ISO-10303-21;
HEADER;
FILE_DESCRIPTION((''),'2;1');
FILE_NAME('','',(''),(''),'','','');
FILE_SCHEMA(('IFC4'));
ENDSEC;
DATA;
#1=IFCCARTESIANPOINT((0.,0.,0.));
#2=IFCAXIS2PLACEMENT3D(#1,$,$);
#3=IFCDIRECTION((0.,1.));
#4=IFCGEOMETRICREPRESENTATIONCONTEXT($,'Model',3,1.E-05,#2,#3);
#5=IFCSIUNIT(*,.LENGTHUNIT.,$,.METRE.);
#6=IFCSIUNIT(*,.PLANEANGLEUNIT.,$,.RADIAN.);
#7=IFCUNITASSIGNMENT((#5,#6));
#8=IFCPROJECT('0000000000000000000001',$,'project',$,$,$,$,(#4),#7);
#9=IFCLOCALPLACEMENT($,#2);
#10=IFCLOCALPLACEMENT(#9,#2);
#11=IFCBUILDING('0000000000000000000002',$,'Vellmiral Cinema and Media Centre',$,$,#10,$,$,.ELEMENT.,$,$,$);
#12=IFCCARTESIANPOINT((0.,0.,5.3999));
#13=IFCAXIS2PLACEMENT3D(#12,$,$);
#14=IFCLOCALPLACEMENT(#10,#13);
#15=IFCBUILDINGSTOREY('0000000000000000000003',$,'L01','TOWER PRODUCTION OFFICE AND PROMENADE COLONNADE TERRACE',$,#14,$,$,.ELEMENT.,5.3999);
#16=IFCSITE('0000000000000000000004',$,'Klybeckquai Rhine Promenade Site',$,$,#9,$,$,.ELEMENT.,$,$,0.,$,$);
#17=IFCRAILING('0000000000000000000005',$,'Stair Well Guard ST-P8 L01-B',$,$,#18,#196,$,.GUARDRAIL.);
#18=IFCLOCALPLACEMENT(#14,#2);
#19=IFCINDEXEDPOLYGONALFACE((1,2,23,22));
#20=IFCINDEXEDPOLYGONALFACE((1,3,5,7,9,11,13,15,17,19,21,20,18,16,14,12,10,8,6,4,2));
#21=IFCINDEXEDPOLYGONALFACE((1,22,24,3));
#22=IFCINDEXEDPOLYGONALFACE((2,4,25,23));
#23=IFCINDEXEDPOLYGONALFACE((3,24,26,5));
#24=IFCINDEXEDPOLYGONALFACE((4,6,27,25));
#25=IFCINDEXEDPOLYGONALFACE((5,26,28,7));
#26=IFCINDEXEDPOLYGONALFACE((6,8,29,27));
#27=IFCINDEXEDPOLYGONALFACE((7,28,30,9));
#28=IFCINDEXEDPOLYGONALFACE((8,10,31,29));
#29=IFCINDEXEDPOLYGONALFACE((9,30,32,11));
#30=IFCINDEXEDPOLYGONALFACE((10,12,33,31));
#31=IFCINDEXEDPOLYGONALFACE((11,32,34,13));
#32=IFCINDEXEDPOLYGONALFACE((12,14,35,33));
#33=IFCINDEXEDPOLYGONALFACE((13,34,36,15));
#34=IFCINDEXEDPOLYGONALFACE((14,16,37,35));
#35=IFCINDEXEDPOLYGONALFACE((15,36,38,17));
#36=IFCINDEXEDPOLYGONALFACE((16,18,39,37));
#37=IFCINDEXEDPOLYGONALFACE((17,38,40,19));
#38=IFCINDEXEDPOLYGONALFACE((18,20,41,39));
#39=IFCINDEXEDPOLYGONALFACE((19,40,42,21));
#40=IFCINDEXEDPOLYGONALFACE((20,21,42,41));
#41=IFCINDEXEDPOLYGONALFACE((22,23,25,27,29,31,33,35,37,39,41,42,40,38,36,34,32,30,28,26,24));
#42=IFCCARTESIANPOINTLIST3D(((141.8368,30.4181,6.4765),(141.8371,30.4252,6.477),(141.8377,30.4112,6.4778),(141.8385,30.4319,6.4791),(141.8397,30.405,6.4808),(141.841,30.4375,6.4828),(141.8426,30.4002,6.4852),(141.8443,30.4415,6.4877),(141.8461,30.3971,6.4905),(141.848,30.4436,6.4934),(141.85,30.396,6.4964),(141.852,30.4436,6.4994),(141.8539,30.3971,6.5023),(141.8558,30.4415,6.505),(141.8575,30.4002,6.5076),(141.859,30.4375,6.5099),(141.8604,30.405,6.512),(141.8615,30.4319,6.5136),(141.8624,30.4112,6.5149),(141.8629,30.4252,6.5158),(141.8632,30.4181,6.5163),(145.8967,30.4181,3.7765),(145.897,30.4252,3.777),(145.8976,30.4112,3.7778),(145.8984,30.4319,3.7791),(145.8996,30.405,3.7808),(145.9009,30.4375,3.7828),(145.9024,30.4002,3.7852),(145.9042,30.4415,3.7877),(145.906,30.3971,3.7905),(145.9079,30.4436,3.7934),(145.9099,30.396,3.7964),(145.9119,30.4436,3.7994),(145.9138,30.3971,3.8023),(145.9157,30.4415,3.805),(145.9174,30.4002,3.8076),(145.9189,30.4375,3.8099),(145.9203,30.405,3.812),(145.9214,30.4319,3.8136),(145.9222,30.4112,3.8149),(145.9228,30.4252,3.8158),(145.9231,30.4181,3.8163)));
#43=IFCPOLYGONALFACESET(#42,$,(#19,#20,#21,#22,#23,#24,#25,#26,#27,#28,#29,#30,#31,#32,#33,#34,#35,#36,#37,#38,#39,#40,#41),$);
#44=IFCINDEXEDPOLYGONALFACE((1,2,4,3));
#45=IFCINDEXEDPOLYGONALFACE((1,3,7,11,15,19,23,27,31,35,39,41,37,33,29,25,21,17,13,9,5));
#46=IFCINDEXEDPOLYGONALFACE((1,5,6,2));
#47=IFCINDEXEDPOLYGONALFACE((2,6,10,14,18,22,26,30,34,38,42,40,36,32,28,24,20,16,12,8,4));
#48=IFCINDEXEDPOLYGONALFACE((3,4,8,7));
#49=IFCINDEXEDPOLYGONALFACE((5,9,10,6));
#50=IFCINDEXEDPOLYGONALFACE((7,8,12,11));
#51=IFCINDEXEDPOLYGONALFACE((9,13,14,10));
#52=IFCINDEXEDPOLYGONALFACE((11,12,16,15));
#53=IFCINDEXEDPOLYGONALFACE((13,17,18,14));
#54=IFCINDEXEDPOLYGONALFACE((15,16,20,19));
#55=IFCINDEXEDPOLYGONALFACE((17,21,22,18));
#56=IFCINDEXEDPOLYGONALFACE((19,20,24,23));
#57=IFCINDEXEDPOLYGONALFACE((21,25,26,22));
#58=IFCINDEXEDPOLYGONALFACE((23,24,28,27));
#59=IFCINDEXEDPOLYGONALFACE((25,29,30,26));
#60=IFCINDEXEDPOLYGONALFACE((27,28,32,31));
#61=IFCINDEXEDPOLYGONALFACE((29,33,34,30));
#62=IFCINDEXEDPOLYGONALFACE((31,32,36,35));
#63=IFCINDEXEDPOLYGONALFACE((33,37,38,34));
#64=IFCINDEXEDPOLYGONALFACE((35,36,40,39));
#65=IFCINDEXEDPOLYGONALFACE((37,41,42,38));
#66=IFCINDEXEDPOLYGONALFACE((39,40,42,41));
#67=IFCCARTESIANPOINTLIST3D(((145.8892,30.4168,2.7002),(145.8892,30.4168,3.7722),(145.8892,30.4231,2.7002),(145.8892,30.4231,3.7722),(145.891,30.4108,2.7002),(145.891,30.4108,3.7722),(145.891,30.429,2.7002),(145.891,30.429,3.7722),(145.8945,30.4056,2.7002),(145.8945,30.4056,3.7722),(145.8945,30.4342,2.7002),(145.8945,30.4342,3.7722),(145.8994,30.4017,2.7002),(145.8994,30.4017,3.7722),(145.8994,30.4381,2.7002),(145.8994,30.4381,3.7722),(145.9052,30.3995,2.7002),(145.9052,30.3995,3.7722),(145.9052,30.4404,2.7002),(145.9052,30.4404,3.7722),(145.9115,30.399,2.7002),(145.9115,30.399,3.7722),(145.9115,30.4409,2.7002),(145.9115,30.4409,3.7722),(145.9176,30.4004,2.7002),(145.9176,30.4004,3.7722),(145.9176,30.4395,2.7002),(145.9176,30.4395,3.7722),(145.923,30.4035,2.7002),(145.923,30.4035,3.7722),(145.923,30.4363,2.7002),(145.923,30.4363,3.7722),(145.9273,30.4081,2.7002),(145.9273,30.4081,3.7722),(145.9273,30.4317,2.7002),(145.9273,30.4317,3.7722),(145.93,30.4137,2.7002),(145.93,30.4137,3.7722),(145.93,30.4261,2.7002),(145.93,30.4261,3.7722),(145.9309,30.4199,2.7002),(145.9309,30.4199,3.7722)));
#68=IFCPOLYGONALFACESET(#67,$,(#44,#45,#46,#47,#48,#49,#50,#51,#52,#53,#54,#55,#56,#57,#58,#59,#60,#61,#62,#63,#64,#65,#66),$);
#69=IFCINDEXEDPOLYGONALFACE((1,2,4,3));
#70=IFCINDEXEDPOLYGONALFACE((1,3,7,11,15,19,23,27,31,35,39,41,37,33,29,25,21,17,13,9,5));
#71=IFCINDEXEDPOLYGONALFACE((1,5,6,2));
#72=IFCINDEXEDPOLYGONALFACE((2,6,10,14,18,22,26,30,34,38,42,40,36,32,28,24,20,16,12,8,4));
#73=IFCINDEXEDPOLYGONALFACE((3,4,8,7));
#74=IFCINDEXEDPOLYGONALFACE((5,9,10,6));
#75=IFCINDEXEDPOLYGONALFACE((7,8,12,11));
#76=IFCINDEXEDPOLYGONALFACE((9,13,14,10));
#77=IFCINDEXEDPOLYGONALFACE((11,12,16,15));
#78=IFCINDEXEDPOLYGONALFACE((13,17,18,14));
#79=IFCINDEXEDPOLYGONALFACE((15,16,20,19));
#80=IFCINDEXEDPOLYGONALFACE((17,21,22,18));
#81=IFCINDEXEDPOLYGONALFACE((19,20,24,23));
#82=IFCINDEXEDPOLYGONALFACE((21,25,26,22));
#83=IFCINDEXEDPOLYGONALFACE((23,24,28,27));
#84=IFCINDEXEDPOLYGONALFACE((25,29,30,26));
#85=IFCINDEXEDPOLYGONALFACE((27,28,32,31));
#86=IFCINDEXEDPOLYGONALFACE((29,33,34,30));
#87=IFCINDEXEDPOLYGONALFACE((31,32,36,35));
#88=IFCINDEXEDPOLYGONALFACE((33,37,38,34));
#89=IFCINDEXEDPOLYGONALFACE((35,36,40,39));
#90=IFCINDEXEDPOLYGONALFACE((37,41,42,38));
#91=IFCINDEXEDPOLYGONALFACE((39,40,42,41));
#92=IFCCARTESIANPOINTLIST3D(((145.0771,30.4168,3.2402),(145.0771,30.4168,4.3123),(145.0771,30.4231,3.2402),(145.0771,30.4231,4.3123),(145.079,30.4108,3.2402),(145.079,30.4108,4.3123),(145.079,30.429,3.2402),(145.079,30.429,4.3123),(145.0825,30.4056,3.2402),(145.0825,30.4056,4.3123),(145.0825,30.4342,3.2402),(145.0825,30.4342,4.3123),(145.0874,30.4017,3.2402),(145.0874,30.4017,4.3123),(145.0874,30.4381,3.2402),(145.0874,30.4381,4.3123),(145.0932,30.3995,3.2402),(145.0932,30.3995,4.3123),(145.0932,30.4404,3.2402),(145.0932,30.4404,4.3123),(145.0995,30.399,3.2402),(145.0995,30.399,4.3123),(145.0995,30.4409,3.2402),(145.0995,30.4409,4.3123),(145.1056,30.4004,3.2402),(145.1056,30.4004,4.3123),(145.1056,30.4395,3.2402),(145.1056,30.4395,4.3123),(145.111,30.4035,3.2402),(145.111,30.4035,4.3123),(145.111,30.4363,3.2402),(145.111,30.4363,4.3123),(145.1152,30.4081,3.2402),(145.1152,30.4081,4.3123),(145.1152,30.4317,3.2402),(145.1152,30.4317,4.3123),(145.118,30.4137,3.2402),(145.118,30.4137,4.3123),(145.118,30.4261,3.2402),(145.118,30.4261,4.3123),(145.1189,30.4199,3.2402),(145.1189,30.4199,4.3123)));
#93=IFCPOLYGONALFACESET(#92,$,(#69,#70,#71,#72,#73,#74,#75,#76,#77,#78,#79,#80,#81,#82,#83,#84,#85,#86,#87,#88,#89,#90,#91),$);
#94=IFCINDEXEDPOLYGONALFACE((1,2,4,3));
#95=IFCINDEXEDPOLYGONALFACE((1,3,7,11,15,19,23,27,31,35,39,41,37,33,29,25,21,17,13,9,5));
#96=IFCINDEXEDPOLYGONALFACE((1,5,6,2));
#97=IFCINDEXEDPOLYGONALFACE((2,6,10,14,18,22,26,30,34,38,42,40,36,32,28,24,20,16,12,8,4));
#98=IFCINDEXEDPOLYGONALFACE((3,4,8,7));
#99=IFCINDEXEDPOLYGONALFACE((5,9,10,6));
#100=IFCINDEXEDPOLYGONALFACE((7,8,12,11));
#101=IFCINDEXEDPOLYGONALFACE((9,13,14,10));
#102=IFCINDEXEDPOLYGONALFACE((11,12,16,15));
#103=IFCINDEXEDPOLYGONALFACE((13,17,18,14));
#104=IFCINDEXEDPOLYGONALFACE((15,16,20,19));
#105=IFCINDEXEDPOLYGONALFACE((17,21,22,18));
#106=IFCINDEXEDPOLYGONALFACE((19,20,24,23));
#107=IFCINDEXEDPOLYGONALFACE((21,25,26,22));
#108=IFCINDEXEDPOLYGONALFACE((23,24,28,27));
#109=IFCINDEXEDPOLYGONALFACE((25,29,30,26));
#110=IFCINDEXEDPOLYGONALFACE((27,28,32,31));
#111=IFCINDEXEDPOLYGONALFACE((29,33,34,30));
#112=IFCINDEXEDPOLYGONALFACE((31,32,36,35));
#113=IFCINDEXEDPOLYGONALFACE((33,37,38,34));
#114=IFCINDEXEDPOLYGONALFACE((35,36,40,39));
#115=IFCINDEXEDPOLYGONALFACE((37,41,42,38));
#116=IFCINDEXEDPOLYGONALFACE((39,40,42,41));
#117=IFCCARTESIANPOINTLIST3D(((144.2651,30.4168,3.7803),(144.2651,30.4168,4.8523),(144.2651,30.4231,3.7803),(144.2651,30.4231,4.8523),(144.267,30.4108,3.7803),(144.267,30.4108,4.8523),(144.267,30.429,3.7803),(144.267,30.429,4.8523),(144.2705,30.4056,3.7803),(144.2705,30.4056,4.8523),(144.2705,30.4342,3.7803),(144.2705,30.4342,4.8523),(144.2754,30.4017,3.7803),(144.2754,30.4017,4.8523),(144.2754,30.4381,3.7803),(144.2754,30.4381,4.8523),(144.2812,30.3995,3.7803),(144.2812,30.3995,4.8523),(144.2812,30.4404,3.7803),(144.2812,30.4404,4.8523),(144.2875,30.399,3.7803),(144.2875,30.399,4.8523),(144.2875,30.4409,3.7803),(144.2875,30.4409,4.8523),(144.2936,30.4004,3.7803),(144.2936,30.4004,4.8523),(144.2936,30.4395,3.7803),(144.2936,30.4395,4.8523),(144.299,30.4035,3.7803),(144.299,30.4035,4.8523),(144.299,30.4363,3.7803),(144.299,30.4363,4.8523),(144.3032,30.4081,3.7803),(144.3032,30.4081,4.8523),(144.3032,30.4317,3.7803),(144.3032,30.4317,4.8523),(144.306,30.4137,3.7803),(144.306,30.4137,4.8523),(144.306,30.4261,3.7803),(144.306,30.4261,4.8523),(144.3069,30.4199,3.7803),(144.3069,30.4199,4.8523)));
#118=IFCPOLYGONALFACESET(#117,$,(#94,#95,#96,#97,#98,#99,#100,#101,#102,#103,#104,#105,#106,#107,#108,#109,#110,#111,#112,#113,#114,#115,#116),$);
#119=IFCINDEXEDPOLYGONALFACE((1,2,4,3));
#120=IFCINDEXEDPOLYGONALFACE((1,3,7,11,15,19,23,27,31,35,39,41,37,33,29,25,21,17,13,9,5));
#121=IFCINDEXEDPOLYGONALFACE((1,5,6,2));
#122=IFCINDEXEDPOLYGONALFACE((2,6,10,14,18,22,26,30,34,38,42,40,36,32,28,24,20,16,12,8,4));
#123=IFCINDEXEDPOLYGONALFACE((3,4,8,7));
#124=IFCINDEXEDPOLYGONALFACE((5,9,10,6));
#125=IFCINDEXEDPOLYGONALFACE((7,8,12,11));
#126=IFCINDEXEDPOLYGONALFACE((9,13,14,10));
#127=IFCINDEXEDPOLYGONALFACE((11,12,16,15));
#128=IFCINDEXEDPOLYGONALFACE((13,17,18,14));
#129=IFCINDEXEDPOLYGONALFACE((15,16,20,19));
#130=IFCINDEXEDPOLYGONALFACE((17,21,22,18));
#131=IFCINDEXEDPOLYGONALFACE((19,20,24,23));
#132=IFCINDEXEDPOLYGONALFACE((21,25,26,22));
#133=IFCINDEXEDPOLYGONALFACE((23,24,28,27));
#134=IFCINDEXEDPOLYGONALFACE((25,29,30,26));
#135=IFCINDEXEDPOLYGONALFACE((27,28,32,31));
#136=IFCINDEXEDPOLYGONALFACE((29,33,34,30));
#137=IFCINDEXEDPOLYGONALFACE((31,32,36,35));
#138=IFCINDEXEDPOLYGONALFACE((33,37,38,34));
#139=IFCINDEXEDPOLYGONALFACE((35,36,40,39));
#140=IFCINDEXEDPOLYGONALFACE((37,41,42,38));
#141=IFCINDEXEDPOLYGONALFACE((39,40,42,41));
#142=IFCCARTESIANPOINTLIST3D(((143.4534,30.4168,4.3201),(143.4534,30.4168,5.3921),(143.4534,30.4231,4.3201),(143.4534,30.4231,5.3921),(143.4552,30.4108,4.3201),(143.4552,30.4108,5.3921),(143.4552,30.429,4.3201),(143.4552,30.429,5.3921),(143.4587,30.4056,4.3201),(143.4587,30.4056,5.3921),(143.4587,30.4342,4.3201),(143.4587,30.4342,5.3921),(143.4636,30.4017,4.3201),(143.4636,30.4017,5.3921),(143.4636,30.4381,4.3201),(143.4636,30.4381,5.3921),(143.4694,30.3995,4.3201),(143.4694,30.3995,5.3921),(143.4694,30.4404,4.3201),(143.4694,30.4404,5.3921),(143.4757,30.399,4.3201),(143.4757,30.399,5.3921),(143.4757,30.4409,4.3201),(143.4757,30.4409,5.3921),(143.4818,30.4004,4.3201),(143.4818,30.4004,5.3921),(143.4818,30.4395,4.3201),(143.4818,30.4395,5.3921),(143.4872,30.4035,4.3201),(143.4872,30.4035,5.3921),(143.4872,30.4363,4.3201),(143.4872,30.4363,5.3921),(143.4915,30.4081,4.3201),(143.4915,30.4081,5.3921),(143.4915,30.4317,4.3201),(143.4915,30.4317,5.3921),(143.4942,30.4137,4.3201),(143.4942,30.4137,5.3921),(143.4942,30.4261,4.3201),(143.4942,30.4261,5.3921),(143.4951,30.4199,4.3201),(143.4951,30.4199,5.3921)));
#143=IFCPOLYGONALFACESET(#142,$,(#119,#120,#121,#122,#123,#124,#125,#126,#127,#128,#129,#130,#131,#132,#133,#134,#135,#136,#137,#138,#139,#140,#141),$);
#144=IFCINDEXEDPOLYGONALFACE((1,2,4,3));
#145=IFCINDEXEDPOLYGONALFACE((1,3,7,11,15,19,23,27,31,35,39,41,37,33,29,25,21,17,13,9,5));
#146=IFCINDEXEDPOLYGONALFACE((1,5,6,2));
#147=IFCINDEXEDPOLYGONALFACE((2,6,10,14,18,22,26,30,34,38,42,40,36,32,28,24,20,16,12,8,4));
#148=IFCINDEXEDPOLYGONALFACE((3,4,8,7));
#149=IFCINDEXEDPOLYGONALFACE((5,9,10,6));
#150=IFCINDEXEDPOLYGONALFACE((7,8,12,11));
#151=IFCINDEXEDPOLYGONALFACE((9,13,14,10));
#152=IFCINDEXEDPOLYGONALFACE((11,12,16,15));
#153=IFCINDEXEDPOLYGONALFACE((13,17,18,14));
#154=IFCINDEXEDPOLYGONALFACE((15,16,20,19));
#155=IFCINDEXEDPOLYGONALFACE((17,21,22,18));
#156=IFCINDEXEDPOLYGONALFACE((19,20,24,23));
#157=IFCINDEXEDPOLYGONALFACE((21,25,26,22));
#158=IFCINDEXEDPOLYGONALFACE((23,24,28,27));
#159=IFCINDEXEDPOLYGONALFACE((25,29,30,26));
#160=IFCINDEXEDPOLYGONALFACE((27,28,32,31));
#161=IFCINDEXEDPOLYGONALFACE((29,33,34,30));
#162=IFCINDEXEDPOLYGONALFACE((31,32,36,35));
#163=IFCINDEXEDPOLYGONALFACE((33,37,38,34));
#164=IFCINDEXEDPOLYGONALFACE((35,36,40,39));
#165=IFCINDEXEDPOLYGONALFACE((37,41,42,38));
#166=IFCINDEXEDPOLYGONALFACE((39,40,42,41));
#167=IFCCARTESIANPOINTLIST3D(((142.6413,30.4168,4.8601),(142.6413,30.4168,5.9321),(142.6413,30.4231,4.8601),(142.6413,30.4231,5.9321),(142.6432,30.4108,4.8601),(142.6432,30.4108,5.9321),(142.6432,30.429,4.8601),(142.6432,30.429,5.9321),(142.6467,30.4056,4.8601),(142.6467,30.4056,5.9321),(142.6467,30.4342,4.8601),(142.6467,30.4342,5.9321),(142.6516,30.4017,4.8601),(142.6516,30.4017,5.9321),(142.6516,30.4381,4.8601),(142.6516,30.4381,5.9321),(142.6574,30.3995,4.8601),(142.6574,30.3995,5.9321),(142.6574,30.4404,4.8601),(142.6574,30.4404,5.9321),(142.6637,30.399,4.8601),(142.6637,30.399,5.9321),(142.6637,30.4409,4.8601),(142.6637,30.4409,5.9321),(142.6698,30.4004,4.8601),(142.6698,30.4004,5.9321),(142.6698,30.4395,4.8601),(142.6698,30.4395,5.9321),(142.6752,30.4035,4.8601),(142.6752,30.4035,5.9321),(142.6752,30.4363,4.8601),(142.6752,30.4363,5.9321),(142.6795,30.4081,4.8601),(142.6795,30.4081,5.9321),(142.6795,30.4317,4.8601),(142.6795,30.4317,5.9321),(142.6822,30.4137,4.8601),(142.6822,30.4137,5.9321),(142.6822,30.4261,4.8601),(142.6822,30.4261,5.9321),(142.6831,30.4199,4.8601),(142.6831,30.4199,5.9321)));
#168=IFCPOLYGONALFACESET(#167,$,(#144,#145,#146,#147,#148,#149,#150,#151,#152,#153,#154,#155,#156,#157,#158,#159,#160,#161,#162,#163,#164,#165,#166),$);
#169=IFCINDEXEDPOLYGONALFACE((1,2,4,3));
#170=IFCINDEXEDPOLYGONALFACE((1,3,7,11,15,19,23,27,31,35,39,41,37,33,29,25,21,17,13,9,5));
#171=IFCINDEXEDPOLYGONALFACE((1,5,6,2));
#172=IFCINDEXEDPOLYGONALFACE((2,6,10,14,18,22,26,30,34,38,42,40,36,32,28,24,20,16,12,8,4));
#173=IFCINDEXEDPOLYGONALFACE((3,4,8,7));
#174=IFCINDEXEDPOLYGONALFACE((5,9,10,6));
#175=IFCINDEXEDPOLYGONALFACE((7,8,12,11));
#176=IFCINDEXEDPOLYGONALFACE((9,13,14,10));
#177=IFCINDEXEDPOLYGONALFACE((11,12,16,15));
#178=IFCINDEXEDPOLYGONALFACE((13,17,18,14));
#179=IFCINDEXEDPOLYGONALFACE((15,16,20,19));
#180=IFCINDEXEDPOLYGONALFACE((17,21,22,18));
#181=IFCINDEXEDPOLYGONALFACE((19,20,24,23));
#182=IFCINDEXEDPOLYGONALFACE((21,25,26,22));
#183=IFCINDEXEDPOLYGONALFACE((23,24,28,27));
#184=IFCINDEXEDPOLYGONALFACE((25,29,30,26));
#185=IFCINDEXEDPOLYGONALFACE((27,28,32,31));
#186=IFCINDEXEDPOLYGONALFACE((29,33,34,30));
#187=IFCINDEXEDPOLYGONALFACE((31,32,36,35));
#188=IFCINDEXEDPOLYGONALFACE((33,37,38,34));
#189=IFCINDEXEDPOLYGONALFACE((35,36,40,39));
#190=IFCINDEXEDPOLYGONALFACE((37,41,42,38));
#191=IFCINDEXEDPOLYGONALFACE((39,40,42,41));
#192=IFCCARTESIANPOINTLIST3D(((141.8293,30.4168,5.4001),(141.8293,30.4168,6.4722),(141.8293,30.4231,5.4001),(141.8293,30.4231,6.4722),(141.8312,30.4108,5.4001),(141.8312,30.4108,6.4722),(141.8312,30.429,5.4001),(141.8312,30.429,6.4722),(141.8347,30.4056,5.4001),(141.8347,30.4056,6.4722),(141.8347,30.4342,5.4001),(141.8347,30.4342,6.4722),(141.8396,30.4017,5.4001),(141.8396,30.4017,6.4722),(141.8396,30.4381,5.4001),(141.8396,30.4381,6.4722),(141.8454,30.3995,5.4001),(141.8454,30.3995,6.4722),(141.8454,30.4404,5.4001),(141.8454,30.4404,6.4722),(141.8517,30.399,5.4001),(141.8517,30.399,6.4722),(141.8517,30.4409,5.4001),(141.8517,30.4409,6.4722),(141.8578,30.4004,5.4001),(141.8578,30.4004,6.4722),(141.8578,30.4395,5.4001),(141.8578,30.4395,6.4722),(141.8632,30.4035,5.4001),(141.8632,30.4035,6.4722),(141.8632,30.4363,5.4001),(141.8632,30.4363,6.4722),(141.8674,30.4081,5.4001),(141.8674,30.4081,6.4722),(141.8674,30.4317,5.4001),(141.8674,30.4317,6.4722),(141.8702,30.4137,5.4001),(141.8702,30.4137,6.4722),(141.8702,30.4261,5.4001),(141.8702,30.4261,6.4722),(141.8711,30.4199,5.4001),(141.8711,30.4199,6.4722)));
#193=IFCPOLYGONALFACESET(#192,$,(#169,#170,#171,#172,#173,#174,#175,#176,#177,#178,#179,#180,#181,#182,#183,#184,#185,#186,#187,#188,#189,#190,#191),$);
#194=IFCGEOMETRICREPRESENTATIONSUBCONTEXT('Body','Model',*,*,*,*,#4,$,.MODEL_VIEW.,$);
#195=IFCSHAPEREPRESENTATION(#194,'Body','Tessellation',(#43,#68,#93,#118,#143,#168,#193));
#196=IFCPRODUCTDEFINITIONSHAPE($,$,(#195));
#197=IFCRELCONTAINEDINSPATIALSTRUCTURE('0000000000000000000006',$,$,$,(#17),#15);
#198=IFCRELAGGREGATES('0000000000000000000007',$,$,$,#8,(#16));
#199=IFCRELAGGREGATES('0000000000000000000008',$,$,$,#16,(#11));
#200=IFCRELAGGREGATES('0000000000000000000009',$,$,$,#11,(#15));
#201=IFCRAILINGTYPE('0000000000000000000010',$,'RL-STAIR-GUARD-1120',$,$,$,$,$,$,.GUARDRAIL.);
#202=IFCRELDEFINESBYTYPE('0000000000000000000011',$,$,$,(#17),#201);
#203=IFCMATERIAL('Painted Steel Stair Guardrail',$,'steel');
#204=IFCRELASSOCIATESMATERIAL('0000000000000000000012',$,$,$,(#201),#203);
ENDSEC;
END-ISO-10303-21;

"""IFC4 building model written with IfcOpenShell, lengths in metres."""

from ifc_helpers import new_model, si_unit, direction, frame, origin, origin_2d, place, context, subcontext, project, spatial, circle, extrude, material, type_object, element, save


model = new_model("IFC4")

# Units and contexts
model_context = context("Model", 3, precision=1e-05, world=origin(), true_north=direction((0.0, 1.0)))
body_context = subcontext(model_context, "Body", "Model", "MODEL_VIEW")
ifc_project = project(units=[si_unit("LENGTHUNIT", "METRE"), si_unit("PLANEANGLEUNIT", "RADIAN")], contexts=[model_context])

# Site, building, storey
site_placement = place(None, origin())
site = spatial("IfcSite", under=ifc_project, at=site_placement, Name="Klybeckquai Rhine Promenade Site", CompositionType="ELEMENT", RefElevation=0.0)
building_placement = place(site_placement, origin())
building = spatial("IfcBuilding", under=site, at=building_placement, Name="Vellmiral Cinema and Media Centre", CompositionType="ELEMENT")
storey_placement = place(building_placement, frame((0.0, 0.0, 5.3999)))
storey = spatial("IfcBuildingStorey", under=building, at=storey_placement, Name="L01", Description="TOWER PRODUCTION OFFICE AND PROMENADE COLONNADE TERRACE", CompositionType="ELEMENT", Elevation=5.3999)

# Railing
ifc_material_1 = material(Name="Painted Steel Stair Guardrail", Category="steel")
railing_type_1 = type_object("IfcRailingType", Name="RL-STAIR-GUARD-1120", PredefinedType="GUARDRAIL", material=ifc_material_1)
railing_1_placement = place(storey_placement, frame((145.9099, 30.4199, 2.7002)))
element("IfcRailing", 1, at=railing_1_placement, inside=storey, type_object=railing_type_1, Name="Stair Well Guard ST-P8 L01-B", PredefinedType="GUARDRAIL", context=body_context, shape_type="SweptSolid", body=[
    extrude(circle(Radius=0.0239, at=origin_2d()), frame((0.0, 0.0, 1.0962), z_axis=(-0.832674, 0.0, 0.553764), x_axis=(0.0, -1.0, 0.0)), (0.0, 0.0, 1.0), 4.8757),
    extrude(circle(Radius=0.021, at=origin_2d()), origin(), (0.0, 0.0, 1.0), 1.072),
    extrude(circle(Radius=0.021, at=origin_2d()), frame((-0.812, 0.0, 0.54)), (0.0, 0.0, 1.0), 1.072),
    extrude(circle(Radius=0.021, at=origin_2d()), frame((-1.624, 0.0, 1.0801)), (0.0, 0.0, 1.0), 1.072),
    extrude(circle(Radius=0.021, at=origin_2d()), frame((-2.4358, 0.0, 1.6199)), (0.0, 0.0, 1.0), 1.072),
    extrude(circle(Radius=0.021, at=origin_2d()), frame((-3.2478, 0.0, 2.1599)), (0.0, 0.0, 1.0), 1.072),
    extrude(circle(Radius=0.021, at=origin_2d()), frame((-4.0598, 0.0, 2.7)), (0.0, 0.0, 1.0), 1.072),
])

save(model, "model.ifc")
